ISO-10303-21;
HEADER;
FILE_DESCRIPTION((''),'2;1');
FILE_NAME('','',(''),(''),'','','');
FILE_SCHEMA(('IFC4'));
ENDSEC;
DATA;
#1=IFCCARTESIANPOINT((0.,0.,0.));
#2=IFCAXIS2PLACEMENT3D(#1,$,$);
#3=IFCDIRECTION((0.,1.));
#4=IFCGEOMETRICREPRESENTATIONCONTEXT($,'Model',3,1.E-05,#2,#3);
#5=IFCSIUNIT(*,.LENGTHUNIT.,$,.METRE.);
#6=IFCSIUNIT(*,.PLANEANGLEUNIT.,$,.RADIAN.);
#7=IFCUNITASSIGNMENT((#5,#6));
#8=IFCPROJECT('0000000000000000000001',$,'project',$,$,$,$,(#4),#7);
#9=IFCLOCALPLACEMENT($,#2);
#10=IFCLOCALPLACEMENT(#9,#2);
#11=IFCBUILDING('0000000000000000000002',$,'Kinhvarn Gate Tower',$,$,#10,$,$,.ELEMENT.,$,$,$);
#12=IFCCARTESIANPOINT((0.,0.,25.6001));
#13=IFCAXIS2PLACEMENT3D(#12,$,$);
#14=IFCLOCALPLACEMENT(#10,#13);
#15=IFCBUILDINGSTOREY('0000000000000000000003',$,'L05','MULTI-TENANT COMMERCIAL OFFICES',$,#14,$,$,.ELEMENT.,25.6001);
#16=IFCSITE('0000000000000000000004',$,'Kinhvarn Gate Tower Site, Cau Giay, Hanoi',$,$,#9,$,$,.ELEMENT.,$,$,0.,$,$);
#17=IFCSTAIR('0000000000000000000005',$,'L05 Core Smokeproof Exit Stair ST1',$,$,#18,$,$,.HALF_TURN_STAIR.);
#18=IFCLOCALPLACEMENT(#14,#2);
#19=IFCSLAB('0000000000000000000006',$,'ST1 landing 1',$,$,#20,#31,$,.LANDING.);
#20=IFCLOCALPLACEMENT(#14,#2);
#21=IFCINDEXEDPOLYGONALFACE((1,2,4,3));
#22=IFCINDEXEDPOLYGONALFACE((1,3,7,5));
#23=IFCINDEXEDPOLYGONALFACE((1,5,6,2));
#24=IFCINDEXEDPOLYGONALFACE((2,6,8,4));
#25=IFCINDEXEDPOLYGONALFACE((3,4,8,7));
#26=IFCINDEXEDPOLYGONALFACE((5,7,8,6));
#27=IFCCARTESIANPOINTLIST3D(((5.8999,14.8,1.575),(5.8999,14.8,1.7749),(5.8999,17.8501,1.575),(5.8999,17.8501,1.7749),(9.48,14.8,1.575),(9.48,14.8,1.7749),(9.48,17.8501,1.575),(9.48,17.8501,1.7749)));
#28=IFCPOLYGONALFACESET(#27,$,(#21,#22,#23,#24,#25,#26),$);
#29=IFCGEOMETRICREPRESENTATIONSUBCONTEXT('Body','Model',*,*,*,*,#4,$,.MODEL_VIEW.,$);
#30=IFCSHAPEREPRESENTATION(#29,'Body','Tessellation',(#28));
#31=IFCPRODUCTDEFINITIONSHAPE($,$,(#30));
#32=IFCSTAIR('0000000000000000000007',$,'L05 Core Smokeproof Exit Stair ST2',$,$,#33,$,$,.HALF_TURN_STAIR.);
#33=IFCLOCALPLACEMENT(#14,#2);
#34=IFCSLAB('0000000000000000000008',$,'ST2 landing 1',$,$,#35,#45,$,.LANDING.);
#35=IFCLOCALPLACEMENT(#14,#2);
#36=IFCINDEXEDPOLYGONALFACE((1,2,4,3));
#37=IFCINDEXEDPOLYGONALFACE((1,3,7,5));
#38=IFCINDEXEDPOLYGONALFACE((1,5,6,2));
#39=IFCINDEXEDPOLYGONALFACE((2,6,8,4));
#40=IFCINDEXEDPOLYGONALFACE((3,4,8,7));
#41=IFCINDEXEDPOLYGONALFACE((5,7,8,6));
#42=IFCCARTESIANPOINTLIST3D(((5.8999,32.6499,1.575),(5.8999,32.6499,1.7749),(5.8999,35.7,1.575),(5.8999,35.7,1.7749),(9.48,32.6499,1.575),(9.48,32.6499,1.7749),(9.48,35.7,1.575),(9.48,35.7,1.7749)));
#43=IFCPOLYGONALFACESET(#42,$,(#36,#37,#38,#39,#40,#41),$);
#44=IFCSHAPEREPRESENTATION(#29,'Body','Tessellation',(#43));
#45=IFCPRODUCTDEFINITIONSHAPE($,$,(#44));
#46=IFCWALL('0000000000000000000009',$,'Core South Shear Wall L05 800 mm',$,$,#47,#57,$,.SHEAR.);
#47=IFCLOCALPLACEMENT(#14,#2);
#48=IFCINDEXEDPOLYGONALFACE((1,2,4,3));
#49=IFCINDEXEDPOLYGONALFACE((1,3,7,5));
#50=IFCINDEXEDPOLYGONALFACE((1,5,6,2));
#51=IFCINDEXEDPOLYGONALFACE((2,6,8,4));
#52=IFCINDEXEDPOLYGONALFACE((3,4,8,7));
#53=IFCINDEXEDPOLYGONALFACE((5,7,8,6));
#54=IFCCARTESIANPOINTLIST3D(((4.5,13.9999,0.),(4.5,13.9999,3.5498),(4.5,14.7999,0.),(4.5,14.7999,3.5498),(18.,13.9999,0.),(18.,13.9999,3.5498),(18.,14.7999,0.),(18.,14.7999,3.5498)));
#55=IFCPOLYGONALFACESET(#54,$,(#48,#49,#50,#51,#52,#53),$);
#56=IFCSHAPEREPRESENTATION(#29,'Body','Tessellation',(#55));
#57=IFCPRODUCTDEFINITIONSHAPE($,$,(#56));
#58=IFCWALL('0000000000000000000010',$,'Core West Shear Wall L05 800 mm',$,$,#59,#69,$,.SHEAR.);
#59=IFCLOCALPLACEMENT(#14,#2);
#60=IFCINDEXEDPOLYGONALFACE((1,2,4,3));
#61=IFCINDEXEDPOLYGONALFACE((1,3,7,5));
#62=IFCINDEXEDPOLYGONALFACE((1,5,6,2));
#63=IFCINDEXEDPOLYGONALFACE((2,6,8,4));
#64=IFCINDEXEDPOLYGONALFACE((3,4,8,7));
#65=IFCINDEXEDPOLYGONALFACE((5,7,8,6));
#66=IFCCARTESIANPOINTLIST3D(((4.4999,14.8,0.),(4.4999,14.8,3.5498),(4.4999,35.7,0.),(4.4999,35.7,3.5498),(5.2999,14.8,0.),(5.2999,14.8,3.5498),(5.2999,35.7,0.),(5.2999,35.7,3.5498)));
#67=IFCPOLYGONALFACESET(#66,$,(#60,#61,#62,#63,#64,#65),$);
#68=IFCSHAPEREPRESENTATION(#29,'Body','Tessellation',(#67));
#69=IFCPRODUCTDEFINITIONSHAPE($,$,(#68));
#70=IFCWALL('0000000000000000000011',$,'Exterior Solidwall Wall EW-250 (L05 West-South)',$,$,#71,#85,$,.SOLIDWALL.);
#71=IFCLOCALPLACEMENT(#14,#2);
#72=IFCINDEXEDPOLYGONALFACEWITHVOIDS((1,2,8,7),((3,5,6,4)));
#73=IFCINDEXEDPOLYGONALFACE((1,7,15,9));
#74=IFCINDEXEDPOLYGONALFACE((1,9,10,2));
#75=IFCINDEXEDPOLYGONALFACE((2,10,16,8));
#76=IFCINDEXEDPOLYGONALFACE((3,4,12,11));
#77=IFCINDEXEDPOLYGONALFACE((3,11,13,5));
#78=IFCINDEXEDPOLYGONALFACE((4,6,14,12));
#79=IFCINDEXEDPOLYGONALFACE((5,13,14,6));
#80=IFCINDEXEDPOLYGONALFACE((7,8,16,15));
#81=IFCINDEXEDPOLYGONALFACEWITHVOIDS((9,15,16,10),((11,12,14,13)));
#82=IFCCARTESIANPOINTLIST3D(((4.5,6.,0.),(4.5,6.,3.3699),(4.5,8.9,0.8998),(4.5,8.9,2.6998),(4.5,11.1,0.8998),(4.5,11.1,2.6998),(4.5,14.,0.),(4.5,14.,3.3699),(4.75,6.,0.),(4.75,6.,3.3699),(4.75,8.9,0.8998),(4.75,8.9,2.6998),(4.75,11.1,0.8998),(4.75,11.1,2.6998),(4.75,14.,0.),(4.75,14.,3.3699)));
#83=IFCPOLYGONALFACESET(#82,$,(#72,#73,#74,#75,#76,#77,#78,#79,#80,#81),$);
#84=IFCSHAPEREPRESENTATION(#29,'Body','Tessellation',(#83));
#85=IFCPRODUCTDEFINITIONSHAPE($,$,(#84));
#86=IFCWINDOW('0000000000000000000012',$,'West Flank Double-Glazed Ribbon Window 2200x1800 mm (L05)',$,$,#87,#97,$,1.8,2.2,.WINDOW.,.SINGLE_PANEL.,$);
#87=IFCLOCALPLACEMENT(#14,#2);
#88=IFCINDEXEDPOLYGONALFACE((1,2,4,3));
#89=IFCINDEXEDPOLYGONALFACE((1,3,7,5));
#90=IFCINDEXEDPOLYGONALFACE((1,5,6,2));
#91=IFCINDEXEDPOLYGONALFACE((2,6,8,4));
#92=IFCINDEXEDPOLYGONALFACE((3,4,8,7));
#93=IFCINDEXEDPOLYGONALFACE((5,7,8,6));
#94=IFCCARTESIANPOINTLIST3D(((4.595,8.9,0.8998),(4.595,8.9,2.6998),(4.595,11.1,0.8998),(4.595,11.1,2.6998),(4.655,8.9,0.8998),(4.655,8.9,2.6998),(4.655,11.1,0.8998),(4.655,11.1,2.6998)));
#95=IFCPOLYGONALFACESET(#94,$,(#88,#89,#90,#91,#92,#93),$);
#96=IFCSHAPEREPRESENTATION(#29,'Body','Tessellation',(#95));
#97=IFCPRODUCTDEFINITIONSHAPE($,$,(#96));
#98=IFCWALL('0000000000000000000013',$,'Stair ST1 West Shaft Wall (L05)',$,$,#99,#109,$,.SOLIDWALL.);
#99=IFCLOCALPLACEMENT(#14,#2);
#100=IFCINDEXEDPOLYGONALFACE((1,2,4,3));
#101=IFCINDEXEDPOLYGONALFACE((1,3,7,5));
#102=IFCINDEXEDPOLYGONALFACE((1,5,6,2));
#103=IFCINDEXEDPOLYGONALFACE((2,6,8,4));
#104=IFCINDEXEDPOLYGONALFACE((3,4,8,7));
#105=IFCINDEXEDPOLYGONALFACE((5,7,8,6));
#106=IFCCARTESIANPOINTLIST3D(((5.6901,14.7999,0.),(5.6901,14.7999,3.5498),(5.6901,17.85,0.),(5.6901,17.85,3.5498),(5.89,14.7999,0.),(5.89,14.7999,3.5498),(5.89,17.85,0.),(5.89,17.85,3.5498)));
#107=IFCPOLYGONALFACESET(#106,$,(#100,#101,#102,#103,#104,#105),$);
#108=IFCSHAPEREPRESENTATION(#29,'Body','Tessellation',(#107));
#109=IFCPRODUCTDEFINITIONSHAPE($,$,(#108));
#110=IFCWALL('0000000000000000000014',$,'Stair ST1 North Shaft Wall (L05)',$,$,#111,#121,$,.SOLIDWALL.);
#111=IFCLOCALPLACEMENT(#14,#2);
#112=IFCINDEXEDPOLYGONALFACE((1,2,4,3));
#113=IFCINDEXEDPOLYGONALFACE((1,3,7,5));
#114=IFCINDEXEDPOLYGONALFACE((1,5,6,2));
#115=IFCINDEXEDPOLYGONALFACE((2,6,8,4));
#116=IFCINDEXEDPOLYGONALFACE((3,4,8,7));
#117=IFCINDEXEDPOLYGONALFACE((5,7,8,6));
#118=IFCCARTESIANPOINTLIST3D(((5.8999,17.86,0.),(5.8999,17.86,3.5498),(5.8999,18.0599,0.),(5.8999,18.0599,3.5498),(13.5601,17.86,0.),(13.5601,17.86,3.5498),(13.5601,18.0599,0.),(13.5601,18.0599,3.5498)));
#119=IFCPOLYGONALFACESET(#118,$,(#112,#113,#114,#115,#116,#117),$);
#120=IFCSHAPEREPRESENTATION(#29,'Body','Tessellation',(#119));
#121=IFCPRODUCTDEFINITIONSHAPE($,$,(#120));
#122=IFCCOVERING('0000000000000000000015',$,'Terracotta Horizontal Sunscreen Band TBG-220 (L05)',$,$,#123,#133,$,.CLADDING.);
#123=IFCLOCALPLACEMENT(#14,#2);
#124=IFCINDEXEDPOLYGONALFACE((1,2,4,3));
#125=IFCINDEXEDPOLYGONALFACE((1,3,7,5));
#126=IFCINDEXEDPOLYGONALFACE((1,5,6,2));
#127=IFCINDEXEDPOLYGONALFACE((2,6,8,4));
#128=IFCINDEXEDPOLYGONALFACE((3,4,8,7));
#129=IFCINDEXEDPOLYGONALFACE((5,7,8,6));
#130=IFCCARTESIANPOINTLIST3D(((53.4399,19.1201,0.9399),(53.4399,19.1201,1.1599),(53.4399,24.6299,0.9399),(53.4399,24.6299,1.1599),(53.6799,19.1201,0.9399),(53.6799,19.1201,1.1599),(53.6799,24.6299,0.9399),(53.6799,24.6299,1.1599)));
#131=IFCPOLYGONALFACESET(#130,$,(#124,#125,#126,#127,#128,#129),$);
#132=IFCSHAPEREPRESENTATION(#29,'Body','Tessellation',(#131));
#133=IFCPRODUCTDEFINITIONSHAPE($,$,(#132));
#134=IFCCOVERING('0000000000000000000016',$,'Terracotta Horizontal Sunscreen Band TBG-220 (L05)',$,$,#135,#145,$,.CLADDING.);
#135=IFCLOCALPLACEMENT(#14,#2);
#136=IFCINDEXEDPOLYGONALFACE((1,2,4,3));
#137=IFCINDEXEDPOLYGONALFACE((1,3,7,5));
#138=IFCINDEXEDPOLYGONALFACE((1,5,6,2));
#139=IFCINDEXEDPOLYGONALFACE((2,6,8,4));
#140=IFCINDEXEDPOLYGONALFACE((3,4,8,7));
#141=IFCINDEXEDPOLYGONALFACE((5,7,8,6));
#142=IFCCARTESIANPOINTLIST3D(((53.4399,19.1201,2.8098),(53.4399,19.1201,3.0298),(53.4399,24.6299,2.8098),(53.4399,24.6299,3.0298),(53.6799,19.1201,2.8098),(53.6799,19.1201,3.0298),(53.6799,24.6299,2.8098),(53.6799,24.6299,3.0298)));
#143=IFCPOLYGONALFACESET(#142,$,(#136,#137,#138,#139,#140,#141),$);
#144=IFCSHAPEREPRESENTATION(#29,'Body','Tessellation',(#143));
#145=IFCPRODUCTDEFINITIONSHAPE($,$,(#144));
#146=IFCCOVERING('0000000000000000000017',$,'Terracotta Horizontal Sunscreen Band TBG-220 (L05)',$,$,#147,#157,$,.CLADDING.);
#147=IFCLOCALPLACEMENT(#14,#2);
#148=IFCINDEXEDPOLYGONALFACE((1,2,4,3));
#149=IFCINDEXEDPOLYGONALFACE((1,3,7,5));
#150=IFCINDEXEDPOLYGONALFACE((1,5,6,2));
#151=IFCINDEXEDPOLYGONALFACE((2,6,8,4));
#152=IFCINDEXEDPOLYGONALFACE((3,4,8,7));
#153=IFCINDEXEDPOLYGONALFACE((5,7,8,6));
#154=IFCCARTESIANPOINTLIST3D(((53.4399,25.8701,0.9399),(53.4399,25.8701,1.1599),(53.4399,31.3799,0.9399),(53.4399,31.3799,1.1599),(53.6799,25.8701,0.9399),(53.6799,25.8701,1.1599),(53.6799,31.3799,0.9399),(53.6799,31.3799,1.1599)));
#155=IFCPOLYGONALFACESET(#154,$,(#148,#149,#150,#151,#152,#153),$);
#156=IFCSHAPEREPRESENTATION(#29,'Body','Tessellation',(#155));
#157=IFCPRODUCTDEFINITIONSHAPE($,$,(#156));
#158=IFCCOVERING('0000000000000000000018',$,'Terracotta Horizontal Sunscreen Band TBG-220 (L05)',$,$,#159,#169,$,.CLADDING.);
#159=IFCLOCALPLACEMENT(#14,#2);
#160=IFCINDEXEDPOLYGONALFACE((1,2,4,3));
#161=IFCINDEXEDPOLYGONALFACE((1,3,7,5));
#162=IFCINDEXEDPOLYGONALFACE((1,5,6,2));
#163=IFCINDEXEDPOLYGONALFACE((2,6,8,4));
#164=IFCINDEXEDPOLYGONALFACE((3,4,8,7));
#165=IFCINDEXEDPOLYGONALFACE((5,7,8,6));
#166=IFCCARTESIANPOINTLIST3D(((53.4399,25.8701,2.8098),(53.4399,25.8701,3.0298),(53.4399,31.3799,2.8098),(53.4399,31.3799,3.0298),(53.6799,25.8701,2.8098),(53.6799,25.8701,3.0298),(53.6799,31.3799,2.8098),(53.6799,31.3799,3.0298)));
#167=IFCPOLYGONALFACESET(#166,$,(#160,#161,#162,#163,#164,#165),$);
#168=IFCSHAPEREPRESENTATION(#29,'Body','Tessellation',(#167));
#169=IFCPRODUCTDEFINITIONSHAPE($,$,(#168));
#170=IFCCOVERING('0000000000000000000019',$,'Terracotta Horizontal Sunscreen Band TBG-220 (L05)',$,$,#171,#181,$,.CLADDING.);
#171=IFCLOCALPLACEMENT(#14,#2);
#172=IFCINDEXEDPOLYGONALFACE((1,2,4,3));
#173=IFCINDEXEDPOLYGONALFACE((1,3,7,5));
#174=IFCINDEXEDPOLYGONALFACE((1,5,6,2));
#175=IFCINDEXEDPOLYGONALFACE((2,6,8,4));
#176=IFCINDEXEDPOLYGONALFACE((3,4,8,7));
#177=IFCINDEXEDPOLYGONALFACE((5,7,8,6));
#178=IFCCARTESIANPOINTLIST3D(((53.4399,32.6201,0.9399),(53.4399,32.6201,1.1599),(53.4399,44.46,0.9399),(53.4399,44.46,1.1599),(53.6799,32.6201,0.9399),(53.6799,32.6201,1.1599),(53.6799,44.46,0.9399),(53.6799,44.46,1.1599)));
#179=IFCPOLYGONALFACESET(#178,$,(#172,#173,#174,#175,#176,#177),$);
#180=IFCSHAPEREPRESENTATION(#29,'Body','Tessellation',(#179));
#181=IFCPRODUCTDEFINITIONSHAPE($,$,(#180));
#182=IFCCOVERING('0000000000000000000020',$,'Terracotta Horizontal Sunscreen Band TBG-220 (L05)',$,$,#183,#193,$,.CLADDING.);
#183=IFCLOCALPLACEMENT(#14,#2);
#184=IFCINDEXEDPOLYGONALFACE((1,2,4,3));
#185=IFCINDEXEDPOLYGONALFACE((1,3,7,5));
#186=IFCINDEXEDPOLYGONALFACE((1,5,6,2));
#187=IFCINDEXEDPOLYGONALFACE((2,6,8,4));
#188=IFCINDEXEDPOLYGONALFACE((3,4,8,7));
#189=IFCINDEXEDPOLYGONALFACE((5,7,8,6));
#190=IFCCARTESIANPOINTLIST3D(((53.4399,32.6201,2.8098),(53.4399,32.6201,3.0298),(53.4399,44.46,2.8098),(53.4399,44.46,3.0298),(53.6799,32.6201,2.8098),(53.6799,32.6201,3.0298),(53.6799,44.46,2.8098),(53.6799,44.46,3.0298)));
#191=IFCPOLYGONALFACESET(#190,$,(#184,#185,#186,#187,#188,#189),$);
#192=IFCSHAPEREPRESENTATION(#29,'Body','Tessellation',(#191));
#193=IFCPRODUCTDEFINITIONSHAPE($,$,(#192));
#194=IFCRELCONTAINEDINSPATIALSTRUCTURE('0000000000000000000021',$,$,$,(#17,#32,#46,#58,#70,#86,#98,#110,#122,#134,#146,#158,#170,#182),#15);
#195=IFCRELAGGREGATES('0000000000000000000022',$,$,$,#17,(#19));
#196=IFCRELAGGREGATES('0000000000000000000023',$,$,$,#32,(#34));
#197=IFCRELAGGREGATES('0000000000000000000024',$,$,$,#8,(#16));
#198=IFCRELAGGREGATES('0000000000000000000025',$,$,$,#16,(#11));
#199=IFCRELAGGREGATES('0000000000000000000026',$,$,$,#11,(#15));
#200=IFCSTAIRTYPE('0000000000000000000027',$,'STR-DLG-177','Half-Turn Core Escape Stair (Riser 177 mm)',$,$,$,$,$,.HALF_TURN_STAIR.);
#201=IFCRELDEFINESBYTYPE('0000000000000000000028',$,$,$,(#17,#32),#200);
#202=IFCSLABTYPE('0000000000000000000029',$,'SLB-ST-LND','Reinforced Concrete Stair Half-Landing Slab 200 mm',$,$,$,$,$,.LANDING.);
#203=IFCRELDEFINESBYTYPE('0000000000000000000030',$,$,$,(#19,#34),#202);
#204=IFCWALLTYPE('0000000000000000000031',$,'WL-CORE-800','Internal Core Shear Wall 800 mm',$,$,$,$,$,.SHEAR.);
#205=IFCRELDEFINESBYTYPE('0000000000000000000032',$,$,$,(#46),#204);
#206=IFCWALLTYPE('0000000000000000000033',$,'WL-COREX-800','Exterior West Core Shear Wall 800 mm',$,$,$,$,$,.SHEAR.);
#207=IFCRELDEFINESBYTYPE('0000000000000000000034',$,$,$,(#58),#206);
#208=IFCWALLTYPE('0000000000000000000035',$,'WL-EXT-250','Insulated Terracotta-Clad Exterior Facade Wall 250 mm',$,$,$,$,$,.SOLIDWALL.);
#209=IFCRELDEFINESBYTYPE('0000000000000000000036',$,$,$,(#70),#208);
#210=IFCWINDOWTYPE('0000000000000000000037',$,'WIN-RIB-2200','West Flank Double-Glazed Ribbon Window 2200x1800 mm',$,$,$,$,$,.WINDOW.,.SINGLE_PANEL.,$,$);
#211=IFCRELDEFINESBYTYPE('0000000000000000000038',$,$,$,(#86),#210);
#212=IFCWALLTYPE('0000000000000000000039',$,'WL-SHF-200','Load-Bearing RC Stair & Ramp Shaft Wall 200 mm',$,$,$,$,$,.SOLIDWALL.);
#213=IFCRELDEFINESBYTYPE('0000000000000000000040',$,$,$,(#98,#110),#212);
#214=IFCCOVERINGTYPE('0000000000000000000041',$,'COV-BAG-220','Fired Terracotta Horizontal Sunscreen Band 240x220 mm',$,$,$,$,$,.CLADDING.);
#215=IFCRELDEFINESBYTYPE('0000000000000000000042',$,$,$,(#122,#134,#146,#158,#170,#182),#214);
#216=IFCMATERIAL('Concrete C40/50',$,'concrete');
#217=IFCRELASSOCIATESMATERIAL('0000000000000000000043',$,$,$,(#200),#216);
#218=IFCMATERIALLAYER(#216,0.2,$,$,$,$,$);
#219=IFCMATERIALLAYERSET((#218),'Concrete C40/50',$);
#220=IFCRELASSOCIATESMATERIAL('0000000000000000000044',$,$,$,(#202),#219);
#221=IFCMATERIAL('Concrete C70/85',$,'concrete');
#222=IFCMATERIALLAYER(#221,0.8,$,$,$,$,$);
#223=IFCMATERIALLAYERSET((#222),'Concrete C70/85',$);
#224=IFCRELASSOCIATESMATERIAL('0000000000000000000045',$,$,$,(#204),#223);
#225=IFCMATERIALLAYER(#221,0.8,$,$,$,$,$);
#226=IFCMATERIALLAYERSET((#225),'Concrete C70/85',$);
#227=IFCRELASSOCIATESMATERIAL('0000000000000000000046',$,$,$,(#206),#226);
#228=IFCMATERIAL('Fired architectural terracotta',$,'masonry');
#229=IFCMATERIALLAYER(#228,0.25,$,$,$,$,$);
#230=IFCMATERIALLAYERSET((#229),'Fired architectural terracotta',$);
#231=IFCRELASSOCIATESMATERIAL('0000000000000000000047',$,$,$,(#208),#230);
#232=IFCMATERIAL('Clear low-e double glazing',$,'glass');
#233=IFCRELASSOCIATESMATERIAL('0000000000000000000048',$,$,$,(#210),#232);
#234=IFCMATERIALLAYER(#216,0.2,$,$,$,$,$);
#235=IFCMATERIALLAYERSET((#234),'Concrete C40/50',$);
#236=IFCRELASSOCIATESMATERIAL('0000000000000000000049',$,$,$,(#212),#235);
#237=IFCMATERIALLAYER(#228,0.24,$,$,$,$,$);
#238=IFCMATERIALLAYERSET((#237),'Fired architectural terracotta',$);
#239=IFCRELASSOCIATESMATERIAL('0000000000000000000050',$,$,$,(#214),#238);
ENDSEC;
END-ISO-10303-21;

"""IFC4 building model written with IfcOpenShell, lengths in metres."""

from ifc_helpers import new_model, si_unit, direction, frame, frame_2d, origin, place, context, subcontext, project, spatial, polyline, rectangle, outline, extrude, material, layer, layer_set, type_object, element, fill, aggregate, save


model = new_model("IFC4")

# Units and contexts
model_context = context("Model", 3, precision=1e-05, world=origin(), true_north=direction((0.0, 1.0)))
body_context = subcontext(model_context, "Body", "Model", "MODEL_VIEW")
ifc_project = project(units=[si_unit("LENGTHUNIT", "METRE"), si_unit("PLANEANGLEUNIT", "RADIAN")], contexts=[model_context])

# Site, building, storey
site_placement = place(None, origin())
site = spatial("IfcSite", under=ifc_project, at=site_placement, Name="Kinhvarn Gate Tower Site, Cau Giay, Hanoi", CompositionType="ELEMENT", RefElevation=0.0)
building_placement = place(site_placement, origin())
building = spatial("IfcBuilding", under=site, at=building_placement, Name="Kinhvarn Gate Tower", CompositionType="ELEMENT")
storey_placement = place(building_placement, frame((0.0, 0.0, 25.6001)))
storey = spatial("IfcBuildingStorey", under=building, at=storey_placement, Name="L05", Description="MULTI-TENANT COMMERCIAL OFFICES", CompositionType="ELEMENT", Elevation=25.6001)

# Shared definitions
ifc_material_1 = material(Name="Concrete C70/85", Category="concrete")

# Shared definitions
ifc_material_2 = material(Name="Clear low-e double glazing", Category="glass")

# Stairs, slabs
ifc_material_3 = material(Name="Concrete C40/50", Category="concrete")
stair_type = type_object("IfcStairType", Name="STR-DLG-177", Description="Half-Turn Core Escape Stair (Riser 177 mm)", PredefinedType="HALF_TURN_STAIR", material=ifc_material_3)
stair_1_placement = place(storey_placement, origin())
stair_1 = element("IfcStair", 1, at=stair_1_placement, inside=storey, type_object=stair_type, Name="L05 Core Smokeproof Exit Stair ST1", PredefinedType="HALF_TURN_STAIR")
ifc_layer_1 = layer(ifc_material_3, 0.2)
ifc_layer_set_1 = layer_set([ifc_layer_1], Name="Concrete C40/50")
slab_type = type_object("IfcSlabType", Name="SLB-ST-LND", Description="Reinforced Concrete Stair Half-Landing Slab 200 mm", PredefinedType="LANDING", material=ifc_layer_set_1)
slab_1_placement = place(storey_placement, frame((0.0, 0.0, 1.575)))
slab_1 = element("IfcSlab", 2, at=slab_1_placement, type_object=slab_type, Name="ST1 landing 1", PredefinedType="LANDING", context=body_context, shape_type="SweptSolid", body=[
    extrude(outline(polyline([(9.48, 17.8501), (5.8999, 17.8501), (5.8999, 14.8), (9.48, 14.8), (9.48, 17.8501)])), origin(), (0.0, 0.0, 1.0), 0.2),
])
aggregate(stair_1, [slab_1])
stair_2_placement = place(storey_placement, origin())
stair_2 = element("IfcStair", 3, at=stair_2_placement, inside=storey, type_object=stair_type, Name="L05 Core Smokeproof Exit Stair ST2", PredefinedType="HALF_TURN_STAIR")
slab_2_placement = place(storey_placement, frame((0.0, 0.0, 1.575)))
slab_2 = element("IfcSlab", 4, at=slab_2_placement, type_object=slab_type, Name="ST2 landing 1", PredefinedType="LANDING", context=body_context, shape_type="SweptSolid", body=[
    extrude(outline(polyline([(9.48, 35.7), (5.8999, 35.7), (5.8999, 32.6499), (9.48, 32.6499), (9.48, 35.7)])), origin(), (0.0, 0.0, 1.0), 0.2),
])
aggregate(stair_2, [slab_2])

# Walls
ifc_layer_2 = layer(ifc_material_1, 0.8)
ifc_layer_set_2 = layer_set([ifc_layer_2], Name="Concrete C70/85")
wall_type_1 = type_object("IfcWallType", Name="WL-CORE-800", Description="Internal Core Shear Wall 800 mm", PredefinedType="SHEAR", material=ifc_layer_set_2)
wall_1_placement = place(storey_placement, frame((4.5, 14.3999, 0.0), z_axis=(0.0, 0.0, 1.0), x_axis=(1.0, 0.0, 0.0)))
element("IfcWall", 5, at=wall_1_placement, inside=storey, type_object=wall_type_1, Name="Core South Shear Wall L05 800 mm", PredefinedType="SHEAR", context=body_context, shape_type="SweptSolid", body=[
    extrude(rectangle(XDim=13.5, YDim=0.8, at=frame_2d((6.75, 0.0))), origin(), (0.0, 0.0, 1.0), 3.5498),
])
ifc_layer_3 = layer(ifc_material_1, 0.8)
ifc_layer_set_3 = layer_set([ifc_layer_3], Name="Concrete C70/85")
wall_type_2 = type_object("IfcWallType", Name="WL-COREX-800", Description="Exterior West Core Shear Wall 800 mm", PredefinedType="SHEAR", material=ifc_layer_set_3)
wall_2_placement = place(storey_placement, frame((4.8999, 14.8, 0.0), z_axis=(0.0, 0.0, 1.0), x_axis=(0.0, 1.0, 0.0)))
element("IfcWall", 6, at=wall_2_placement, inside=storey, type_object=wall_type_2, Name="Core West Shear Wall L05 800 mm", PredefinedType="SHEAR", context=body_context, shape_type="SweptSolid", body=[
    extrude(rectangle(XDim=20.8999, YDim=0.8, at=frame_2d((10.45, 0.0))), origin(), (0.0, 0.0, 1.0), 3.5498),
])

# Wall, opening, window
ifc_material_4 = material(Name="Fired architectural terracotta", Category="masonry")
ifc_layer_4 = layer(ifc_material_4, 0.25)
ifc_layer_set_4 = layer_set([ifc_layer_4], Name="Fired architectural terracotta")
wall_type_3 = type_object("IfcWallType", Name="WL-EXT-250", Description="Insulated Terracotta-Clad Exterior Facade Wall 250 mm", PredefinedType="SOLIDWALL", material=ifc_layer_set_4)
wall_3_placement = place(storey_placement, frame((4.625, 14.0, 0.0), z_axis=(0.0, 0.0, 1.0), x_axis=(0.0, -1.0, 0.0)))
wall_3 = element("IfcWall", 7, at=wall_3_placement, inside=storey, type_object=wall_type_3, Name="Exterior Solidwall Wall EW-250 (L05 West-South)", PredefinedType="SOLIDWALL", context=body_context, shape_type="SweptSolid", body=[
    extrude(rectangle(XDim=8.0, YDim=0.25, at=frame_2d((4.0, 0.0))), origin(), (0.0, 0.0, 1.0), 3.3699),
])
opening_placement = place(wall_3_placement, frame((2.8999, 0.0, 0.8999)))
opening = element("IfcOpeningElement", 8, at=opening_placement, cuts=wall_3, PredefinedType="OPENING", context=body_context, shape_type="SweptSolid", body=[
    extrude(rectangle(XDim=2.2, YDim=1.8, at=frame_2d((1.1001, 0.8999))), frame((0.0, 0.135, 0.0), z_axis=(0.0, -1.0, 0.0), x_axis=(1.0, 0.0, 0.0)), (0.0, 0.0, 1.0), 0.27),
])
window_type = type_object("IfcWindowType", Name="WIN-RIB-2200", Description="West Flank Double-Glazed Ribbon Window 2200x1800 mm", PartitioningType="SINGLE_PANEL", PredefinedType="WINDOW", material=ifc_material_2)
window_placement = place(opening_placement, origin())
window = element("IfcWindow", 9, at=window_placement, inside=storey, type_object=window_type, Name="West Flank Double-Glazed Ribbon Window 2200x1800 mm (L05)", OverallHeight=1.8, OverallWidth=2.2, PartitioningType="SINGLE_PANEL", PredefinedType="WINDOW", context=body_context, shape_type="SweptSolid", body=[
    extrude(rectangle(XDim=2.2, YDim=1.8, at=frame_2d((1.1001, 0.8999))), frame((0.0, 0.03, 0.0), z_axis=(0.0, -1.0, 0.0), x_axis=(1.0, 0.0, 0.0)), (0.0, 0.0, 1.0), 0.0601),
])
fill(opening, window)

# Walls
ifc_layer_5 = layer(ifc_material_3, 0.2)
ifc_layer_set_5 = layer_set([ifc_layer_5], Name="Concrete C40/50")
wall_type_4 = type_object("IfcWallType", Name="WL-SHF-200", Description="Load-Bearing RC Stair & Ramp Shaft Wall 200 mm", PredefinedType="SOLIDWALL", material=ifc_layer_set_5)
wall_4_placement = place(storey_placement, frame((5.79, 14.8, 0.0), z_axis=(0.0, 0.0, 1.0), x_axis=(0.0, 1.0, 0.0)))
element("IfcWall", 10, at=wall_4_placement, inside=storey, type_object=wall_type_4, Name="Stair ST1 West Shaft Wall (L05)", PredefinedType="SOLIDWALL", context=body_context, shape_type="SweptSolid", body=[
    extrude(rectangle(XDim=3.05, YDim=0.2, at=frame_2d((1.5249, 0.0))), origin(), (0.0, 0.0, 1.0), 3.5498),
])
wall_5_placement = place(storey_placement, frame((5.8999, 17.96, 0.0), z_axis=(0.0, 0.0, 1.0), x_axis=(1.0, 0.0, 0.0)))
element("IfcWall", 11, at=wall_5_placement, inside=storey, type_object=wall_type_4, Name="Stair ST1 North Shaft Wall (L05)", PredefinedType="SOLIDWALL", context=body_context, shape_type="SweptSolid", body=[
    extrude(rectangle(XDim=7.6602, YDim=0.2, at=frame_2d((3.8301, 0.0))), origin(), (0.0, 0.0, 1.0), 3.5498),
])

# Coverings
ifc_layer_6 = layer(ifc_material_4, 0.24)
ifc_layer_set_6 = layer_set([ifc_layer_6], Name="Fired architectural terracotta")
covering_type_1 = type_object("IfcCoveringType", Name="COV-BAG-220", Description="Fired Terracotta Horizontal Sunscreen Band 240x220 mm", PredefinedType="CLADDING", material=ifc_layer_set_6)
for number, where, name in (
    (12, (0.0, 0.0, 0.9399), "Terracotta Horizontal Sunscreen Band TBG-220 (L05)"),
    (13, (0.0, 0.0, 2.8098), "Terracotta Horizontal Sunscreen Band TBG-220 (L05)"),
):
    element("IfcCovering", number, at=place(storey_placement, frame(where)), inside=storey, type_object=covering_type_1, Name=name, PredefinedType="CLADDING", context=body_context, shape_type="SweptSolid", body=[
        extrude(outline(polyline([(53.4399, 19.1201), (53.4399, 24.6299), (53.6799, 24.6299), (53.6799, 19.1201), (53.4399, 19.1201)])), origin(), (0.0, 0.0, 1.0), 0.22),
    ])
for number, where, name in (
    (14, (0.0, 0.0, 0.9399), "Terracotta Horizontal Sunscreen Band TBG-220 (L05)"),
    (15, (0.0, 0.0, 2.8098), "Terracotta Horizontal Sunscreen Band TBG-220 (L05)"),
):
    element("IfcCovering", number, at=place(storey_placement, frame(where)), inside=storey, type_object=covering_type_1, Name=name, PredefinedType="CLADDING", context=body_context, shape_type="SweptSolid", body=[
        extrude(outline(polyline([(53.4399, 25.8701), (53.4399, 31.3799), (53.6799, 31.3799), (53.6799, 25.8701), (53.4399, 25.8701)])), origin(), (0.0, 0.0, 1.0), 0.22),
    ])
for number, where, name in (
    (16, (0.0, 0.0, 0.9399), "Terracotta Horizontal Sunscreen Band TBG-220 (L05)"),
    (17, (0.0, 0.0, 2.8098), "Terracotta Horizontal Sunscreen Band TBG-220 (L05)"),
):
    element("IfcCovering", number, at=place(storey_placement, frame(where)), inside=storey, type_object=covering_type_1, Name=name, PredefinedType="CLADDING", context=body_context, shape_type="SweptSolid", body=[
        extrude(outline(polyline([(53.4399, 32.6201), (53.4399, 44.46), (53.6799, 44.46), (53.6799, 32.6201), (53.4399, 32.6201)])), origin(), (0.0, 0.0, 1.0), 0.22),
    ])

save(model, "model.ifc")
